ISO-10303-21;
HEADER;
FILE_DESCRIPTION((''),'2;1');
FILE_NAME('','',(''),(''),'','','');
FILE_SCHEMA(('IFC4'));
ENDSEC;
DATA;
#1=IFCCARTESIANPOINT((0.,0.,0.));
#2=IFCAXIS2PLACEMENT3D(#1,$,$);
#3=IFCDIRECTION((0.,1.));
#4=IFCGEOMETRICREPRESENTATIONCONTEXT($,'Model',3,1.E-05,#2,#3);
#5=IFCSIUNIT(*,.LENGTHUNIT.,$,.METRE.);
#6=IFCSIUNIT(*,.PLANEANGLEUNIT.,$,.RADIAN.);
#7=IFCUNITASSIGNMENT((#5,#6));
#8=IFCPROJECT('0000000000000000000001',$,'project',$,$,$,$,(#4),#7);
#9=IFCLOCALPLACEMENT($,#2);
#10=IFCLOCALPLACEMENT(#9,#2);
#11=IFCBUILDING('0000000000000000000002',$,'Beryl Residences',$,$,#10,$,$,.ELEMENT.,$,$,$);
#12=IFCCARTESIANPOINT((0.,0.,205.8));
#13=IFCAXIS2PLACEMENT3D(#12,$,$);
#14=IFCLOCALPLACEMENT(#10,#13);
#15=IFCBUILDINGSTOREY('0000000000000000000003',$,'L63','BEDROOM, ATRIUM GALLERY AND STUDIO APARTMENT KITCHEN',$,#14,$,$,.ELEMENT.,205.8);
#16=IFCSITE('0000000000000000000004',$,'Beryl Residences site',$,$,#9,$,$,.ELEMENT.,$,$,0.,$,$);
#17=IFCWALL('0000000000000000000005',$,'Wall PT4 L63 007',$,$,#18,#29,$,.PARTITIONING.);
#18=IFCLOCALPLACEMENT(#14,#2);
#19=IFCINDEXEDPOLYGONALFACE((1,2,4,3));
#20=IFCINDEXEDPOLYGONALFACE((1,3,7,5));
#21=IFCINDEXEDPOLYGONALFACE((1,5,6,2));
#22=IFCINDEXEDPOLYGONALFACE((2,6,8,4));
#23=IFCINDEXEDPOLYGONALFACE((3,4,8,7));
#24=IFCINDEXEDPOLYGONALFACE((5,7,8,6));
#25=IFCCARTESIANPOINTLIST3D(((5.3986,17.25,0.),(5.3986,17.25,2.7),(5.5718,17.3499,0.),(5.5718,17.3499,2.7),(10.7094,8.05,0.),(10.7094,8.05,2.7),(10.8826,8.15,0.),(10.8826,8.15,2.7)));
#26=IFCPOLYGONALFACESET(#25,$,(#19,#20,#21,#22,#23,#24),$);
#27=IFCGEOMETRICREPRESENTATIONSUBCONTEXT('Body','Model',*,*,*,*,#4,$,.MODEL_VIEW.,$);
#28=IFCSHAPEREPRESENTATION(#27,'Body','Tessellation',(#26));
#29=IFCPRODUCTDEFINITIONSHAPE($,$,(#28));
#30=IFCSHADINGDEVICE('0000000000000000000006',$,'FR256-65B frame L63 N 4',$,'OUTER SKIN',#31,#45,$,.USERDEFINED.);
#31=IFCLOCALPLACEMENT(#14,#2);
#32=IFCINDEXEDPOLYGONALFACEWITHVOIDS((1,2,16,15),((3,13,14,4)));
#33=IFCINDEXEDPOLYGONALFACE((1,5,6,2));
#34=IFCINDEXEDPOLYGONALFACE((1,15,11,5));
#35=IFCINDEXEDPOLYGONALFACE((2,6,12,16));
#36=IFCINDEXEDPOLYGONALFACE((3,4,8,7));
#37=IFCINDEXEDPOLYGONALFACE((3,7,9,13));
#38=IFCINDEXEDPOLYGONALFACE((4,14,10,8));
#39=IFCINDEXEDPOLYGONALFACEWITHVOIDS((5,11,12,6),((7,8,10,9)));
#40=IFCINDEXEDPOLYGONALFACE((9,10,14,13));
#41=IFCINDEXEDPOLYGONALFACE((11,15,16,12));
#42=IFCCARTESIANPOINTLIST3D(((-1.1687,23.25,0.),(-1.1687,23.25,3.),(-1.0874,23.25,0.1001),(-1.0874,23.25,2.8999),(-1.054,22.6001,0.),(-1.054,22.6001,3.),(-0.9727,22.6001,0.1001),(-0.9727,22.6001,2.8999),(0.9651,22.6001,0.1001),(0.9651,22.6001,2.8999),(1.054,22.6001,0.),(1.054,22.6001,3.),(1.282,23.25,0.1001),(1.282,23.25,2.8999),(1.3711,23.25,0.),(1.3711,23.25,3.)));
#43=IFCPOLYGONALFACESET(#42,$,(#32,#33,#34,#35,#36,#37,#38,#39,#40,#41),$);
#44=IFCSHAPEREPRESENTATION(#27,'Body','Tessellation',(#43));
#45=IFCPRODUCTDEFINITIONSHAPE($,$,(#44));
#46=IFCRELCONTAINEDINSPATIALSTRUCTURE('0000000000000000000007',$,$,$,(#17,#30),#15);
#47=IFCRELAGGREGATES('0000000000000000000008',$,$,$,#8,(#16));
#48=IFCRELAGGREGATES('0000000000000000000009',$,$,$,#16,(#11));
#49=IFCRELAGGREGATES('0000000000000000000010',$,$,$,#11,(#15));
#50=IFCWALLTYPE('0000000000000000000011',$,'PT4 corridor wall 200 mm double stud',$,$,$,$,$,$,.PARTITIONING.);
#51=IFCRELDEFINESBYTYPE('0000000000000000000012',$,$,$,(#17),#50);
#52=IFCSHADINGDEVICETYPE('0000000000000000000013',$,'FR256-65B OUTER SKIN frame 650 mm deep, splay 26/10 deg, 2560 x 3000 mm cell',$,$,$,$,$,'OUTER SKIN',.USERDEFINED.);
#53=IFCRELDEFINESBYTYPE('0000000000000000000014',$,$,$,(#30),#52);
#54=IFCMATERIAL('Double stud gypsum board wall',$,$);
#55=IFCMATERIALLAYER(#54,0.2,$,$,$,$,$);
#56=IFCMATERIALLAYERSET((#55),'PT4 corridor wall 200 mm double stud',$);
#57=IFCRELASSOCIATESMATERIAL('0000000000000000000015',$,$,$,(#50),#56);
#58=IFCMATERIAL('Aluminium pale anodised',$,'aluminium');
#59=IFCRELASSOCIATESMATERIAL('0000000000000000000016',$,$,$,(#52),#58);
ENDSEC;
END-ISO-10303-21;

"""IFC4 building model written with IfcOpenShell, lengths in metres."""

from ifc_helpers import new_model, entity, si_unit, direction, frame, frame_2d, origin, place, context, subcontext, project, spatial, rectangle, extrude, source, transform, mapped, material, layer, layer_set, type_object, type_shapes, element, save


model = new_model("IFC4")

# Units and contexts
model_context = context("Model", 3, precision=1e-05, world=origin(), true_north=direction((0.0, 1.0)))
body_context = subcontext(model_context, "Body", "Model", "MODEL_VIEW")
ifc_project = project(units=[si_unit("LENGTHUNIT", "METRE"), si_unit("PLANEANGLEUNIT", "RADIAN")], contexts=[model_context])

# Site, building, storey
site_placement = place(None, origin())
site = spatial("IfcSite", under=ifc_project, at=site_placement, Name="Beryl Residences site", CompositionType="ELEMENT", RefElevation=0.0)
building_placement = place(site_placement, origin())
building = spatial("IfcBuilding", under=site, at=building_placement, Name="Beryl Residences", CompositionType="ELEMENT")
storey_placement = place(building_placement, frame((0.0, 0.0, 205.8)))
storey = spatial("IfcBuildingStorey", under=building, at=storey_placement, Name="L63", Description="BEDROOM, ATRIUM GALLERY AND STUDIO APARTMENT KITCHEN", CompositionType="ELEMENT", Elevation=205.8)

# Wall
ifc_material_1 = material(Name="Double stud gypsum board wall")
ifc_layer_1 = layer(ifc_material_1, 0.2)
ifc_layer_set_1 = layer_set([ifc_layer_1], Name="PT4 corridor wall 200 mm double stud")
wall_type_1 = type_object("IfcWallType", Name="PT4 corridor wall 200 mm double stud", PredefinedType="PARTITIONING", material=ifc_layer_set_1)
wall_1_placement = place(storey_placement, frame((5.4851, 17.3, 0.0), z_axis=(0.0, 0.0, 1.0), x_axis=(0.499943, -0.866058, 0.0)))
element("IfcWall", 1, at=wall_1_placement, inside=storey, type_object=wall_type_1, Name="Wall PT4 L63 007", PredefinedType="PARTITIONING", context=body_context, shape_type="SweptSolid", body=[
    extrude(rectangle(XDim=10.6228, YDim=0.2, at=frame_2d((5.3115, 0.0))), origin(), (0.0, 0.0, 1.0), 2.7),
])

# Shading device
ifc_material_2 = material(Name="Aluminium pale anodised", Category="aluminium")
shading_device_type_1 = type_object("IfcShadingDeviceType", Name="FR256-65B OUTER SKIN frame 650 mm deep, splay 26/10 deg, 2560 x 3000 mm cell", ElementType="OUTER SKIN", PredefinedType="USERDEFINED", material=ifc_material_2)
cartesian_point_1 = entity("IfcCartesianPoint", [-1.054, 0.0])
cartesian_point_2 = entity("IfcCartesianPoint", [-0.9651, 0.1001])
cartesian_point_3 = entity("IfcCartesianPoint", [-1.3711, 0.0])
cartesian_point_4 = entity("IfcCartesianPoint", [-1.282, 0.1001])
shared_shape_1 = source(origin(), body_context, "Body", "SweptSolid", [
    entity("IfcExtrudedAreaSolidTapered", entity("IfcArbitraryProfileDefWithVoids", "AREA", None, entity("IfcPolyline", [cartesian_point_1, entity("IfcCartesianPoint", [1.054, 0.0]), entity("IfcCartesianPoint", [1.054, 3.0]), entity("IfcCartesianPoint", [-1.054, 3.0]), cartesian_point_1]), [entity("IfcPolyline", [cartesian_point_2, entity("IfcCartesianPoint", [0.9727, 0.1001]), entity("IfcCartesianPoint", [0.9727, 2.8999]), entity("IfcCartesianPoint", [-0.9651, 2.8999]), cartesian_point_2])]), entity("IfcAxis2Placement3D", entity("IfcCartesianPoint", [0.0, 0.0, 0.0]), entity("IfcDirection", [0.0, 1.0, 0.0]), entity("IfcDirection", [-1.0, 0.0, 0.0])), entity("IfcDirection", [0.0, 0.0, 1.0]), 0.6499, entity("IfcArbitraryProfileDefWithVoids", "AREA", None, entity("IfcPolyline", [cartesian_point_3, entity("IfcCartesianPoint", [1.1687, 0.0]), entity("IfcCartesianPoint", [1.1687, 3.0]), entity("IfcCartesianPoint", [-1.3711, 3.0]), cartesian_point_3]), [entity("IfcPolyline", [cartesian_point_4, entity("IfcCartesianPoint", [1.0874, 0.1001]), entity("IfcCartesianPoint", [1.0874, 2.8999]), entity("IfcCartesianPoint", [-1.282, 2.8999]), cartesian_point_4])])),
])
type_shapes(shading_device_type_1, [shared_shape_1])
for number, where, z_axis, x_axis, name in (
    (2, (0.0, 22.6001, 0.0), (0.0, 0.0, 1.0), (1.0, 0.0, 0.0), "FR256-65B frame L63 N 4"),
):
    element("IfcShadingDevice", number, at=place(storey_placement, frame(where, z_axis=z_axis, x_axis=x_axis)), inside=storey, type_object=shading_device_type_1, Name=name, ObjectType="OUTER SKIN", PredefinedType="USERDEFINED", context=body_context, shape_type="MappedRepresentation", body=[
        mapped(shared_shape_1, transform((0.0, 0.0, 0.0))),
    ])

save(model, "model.ifc")
